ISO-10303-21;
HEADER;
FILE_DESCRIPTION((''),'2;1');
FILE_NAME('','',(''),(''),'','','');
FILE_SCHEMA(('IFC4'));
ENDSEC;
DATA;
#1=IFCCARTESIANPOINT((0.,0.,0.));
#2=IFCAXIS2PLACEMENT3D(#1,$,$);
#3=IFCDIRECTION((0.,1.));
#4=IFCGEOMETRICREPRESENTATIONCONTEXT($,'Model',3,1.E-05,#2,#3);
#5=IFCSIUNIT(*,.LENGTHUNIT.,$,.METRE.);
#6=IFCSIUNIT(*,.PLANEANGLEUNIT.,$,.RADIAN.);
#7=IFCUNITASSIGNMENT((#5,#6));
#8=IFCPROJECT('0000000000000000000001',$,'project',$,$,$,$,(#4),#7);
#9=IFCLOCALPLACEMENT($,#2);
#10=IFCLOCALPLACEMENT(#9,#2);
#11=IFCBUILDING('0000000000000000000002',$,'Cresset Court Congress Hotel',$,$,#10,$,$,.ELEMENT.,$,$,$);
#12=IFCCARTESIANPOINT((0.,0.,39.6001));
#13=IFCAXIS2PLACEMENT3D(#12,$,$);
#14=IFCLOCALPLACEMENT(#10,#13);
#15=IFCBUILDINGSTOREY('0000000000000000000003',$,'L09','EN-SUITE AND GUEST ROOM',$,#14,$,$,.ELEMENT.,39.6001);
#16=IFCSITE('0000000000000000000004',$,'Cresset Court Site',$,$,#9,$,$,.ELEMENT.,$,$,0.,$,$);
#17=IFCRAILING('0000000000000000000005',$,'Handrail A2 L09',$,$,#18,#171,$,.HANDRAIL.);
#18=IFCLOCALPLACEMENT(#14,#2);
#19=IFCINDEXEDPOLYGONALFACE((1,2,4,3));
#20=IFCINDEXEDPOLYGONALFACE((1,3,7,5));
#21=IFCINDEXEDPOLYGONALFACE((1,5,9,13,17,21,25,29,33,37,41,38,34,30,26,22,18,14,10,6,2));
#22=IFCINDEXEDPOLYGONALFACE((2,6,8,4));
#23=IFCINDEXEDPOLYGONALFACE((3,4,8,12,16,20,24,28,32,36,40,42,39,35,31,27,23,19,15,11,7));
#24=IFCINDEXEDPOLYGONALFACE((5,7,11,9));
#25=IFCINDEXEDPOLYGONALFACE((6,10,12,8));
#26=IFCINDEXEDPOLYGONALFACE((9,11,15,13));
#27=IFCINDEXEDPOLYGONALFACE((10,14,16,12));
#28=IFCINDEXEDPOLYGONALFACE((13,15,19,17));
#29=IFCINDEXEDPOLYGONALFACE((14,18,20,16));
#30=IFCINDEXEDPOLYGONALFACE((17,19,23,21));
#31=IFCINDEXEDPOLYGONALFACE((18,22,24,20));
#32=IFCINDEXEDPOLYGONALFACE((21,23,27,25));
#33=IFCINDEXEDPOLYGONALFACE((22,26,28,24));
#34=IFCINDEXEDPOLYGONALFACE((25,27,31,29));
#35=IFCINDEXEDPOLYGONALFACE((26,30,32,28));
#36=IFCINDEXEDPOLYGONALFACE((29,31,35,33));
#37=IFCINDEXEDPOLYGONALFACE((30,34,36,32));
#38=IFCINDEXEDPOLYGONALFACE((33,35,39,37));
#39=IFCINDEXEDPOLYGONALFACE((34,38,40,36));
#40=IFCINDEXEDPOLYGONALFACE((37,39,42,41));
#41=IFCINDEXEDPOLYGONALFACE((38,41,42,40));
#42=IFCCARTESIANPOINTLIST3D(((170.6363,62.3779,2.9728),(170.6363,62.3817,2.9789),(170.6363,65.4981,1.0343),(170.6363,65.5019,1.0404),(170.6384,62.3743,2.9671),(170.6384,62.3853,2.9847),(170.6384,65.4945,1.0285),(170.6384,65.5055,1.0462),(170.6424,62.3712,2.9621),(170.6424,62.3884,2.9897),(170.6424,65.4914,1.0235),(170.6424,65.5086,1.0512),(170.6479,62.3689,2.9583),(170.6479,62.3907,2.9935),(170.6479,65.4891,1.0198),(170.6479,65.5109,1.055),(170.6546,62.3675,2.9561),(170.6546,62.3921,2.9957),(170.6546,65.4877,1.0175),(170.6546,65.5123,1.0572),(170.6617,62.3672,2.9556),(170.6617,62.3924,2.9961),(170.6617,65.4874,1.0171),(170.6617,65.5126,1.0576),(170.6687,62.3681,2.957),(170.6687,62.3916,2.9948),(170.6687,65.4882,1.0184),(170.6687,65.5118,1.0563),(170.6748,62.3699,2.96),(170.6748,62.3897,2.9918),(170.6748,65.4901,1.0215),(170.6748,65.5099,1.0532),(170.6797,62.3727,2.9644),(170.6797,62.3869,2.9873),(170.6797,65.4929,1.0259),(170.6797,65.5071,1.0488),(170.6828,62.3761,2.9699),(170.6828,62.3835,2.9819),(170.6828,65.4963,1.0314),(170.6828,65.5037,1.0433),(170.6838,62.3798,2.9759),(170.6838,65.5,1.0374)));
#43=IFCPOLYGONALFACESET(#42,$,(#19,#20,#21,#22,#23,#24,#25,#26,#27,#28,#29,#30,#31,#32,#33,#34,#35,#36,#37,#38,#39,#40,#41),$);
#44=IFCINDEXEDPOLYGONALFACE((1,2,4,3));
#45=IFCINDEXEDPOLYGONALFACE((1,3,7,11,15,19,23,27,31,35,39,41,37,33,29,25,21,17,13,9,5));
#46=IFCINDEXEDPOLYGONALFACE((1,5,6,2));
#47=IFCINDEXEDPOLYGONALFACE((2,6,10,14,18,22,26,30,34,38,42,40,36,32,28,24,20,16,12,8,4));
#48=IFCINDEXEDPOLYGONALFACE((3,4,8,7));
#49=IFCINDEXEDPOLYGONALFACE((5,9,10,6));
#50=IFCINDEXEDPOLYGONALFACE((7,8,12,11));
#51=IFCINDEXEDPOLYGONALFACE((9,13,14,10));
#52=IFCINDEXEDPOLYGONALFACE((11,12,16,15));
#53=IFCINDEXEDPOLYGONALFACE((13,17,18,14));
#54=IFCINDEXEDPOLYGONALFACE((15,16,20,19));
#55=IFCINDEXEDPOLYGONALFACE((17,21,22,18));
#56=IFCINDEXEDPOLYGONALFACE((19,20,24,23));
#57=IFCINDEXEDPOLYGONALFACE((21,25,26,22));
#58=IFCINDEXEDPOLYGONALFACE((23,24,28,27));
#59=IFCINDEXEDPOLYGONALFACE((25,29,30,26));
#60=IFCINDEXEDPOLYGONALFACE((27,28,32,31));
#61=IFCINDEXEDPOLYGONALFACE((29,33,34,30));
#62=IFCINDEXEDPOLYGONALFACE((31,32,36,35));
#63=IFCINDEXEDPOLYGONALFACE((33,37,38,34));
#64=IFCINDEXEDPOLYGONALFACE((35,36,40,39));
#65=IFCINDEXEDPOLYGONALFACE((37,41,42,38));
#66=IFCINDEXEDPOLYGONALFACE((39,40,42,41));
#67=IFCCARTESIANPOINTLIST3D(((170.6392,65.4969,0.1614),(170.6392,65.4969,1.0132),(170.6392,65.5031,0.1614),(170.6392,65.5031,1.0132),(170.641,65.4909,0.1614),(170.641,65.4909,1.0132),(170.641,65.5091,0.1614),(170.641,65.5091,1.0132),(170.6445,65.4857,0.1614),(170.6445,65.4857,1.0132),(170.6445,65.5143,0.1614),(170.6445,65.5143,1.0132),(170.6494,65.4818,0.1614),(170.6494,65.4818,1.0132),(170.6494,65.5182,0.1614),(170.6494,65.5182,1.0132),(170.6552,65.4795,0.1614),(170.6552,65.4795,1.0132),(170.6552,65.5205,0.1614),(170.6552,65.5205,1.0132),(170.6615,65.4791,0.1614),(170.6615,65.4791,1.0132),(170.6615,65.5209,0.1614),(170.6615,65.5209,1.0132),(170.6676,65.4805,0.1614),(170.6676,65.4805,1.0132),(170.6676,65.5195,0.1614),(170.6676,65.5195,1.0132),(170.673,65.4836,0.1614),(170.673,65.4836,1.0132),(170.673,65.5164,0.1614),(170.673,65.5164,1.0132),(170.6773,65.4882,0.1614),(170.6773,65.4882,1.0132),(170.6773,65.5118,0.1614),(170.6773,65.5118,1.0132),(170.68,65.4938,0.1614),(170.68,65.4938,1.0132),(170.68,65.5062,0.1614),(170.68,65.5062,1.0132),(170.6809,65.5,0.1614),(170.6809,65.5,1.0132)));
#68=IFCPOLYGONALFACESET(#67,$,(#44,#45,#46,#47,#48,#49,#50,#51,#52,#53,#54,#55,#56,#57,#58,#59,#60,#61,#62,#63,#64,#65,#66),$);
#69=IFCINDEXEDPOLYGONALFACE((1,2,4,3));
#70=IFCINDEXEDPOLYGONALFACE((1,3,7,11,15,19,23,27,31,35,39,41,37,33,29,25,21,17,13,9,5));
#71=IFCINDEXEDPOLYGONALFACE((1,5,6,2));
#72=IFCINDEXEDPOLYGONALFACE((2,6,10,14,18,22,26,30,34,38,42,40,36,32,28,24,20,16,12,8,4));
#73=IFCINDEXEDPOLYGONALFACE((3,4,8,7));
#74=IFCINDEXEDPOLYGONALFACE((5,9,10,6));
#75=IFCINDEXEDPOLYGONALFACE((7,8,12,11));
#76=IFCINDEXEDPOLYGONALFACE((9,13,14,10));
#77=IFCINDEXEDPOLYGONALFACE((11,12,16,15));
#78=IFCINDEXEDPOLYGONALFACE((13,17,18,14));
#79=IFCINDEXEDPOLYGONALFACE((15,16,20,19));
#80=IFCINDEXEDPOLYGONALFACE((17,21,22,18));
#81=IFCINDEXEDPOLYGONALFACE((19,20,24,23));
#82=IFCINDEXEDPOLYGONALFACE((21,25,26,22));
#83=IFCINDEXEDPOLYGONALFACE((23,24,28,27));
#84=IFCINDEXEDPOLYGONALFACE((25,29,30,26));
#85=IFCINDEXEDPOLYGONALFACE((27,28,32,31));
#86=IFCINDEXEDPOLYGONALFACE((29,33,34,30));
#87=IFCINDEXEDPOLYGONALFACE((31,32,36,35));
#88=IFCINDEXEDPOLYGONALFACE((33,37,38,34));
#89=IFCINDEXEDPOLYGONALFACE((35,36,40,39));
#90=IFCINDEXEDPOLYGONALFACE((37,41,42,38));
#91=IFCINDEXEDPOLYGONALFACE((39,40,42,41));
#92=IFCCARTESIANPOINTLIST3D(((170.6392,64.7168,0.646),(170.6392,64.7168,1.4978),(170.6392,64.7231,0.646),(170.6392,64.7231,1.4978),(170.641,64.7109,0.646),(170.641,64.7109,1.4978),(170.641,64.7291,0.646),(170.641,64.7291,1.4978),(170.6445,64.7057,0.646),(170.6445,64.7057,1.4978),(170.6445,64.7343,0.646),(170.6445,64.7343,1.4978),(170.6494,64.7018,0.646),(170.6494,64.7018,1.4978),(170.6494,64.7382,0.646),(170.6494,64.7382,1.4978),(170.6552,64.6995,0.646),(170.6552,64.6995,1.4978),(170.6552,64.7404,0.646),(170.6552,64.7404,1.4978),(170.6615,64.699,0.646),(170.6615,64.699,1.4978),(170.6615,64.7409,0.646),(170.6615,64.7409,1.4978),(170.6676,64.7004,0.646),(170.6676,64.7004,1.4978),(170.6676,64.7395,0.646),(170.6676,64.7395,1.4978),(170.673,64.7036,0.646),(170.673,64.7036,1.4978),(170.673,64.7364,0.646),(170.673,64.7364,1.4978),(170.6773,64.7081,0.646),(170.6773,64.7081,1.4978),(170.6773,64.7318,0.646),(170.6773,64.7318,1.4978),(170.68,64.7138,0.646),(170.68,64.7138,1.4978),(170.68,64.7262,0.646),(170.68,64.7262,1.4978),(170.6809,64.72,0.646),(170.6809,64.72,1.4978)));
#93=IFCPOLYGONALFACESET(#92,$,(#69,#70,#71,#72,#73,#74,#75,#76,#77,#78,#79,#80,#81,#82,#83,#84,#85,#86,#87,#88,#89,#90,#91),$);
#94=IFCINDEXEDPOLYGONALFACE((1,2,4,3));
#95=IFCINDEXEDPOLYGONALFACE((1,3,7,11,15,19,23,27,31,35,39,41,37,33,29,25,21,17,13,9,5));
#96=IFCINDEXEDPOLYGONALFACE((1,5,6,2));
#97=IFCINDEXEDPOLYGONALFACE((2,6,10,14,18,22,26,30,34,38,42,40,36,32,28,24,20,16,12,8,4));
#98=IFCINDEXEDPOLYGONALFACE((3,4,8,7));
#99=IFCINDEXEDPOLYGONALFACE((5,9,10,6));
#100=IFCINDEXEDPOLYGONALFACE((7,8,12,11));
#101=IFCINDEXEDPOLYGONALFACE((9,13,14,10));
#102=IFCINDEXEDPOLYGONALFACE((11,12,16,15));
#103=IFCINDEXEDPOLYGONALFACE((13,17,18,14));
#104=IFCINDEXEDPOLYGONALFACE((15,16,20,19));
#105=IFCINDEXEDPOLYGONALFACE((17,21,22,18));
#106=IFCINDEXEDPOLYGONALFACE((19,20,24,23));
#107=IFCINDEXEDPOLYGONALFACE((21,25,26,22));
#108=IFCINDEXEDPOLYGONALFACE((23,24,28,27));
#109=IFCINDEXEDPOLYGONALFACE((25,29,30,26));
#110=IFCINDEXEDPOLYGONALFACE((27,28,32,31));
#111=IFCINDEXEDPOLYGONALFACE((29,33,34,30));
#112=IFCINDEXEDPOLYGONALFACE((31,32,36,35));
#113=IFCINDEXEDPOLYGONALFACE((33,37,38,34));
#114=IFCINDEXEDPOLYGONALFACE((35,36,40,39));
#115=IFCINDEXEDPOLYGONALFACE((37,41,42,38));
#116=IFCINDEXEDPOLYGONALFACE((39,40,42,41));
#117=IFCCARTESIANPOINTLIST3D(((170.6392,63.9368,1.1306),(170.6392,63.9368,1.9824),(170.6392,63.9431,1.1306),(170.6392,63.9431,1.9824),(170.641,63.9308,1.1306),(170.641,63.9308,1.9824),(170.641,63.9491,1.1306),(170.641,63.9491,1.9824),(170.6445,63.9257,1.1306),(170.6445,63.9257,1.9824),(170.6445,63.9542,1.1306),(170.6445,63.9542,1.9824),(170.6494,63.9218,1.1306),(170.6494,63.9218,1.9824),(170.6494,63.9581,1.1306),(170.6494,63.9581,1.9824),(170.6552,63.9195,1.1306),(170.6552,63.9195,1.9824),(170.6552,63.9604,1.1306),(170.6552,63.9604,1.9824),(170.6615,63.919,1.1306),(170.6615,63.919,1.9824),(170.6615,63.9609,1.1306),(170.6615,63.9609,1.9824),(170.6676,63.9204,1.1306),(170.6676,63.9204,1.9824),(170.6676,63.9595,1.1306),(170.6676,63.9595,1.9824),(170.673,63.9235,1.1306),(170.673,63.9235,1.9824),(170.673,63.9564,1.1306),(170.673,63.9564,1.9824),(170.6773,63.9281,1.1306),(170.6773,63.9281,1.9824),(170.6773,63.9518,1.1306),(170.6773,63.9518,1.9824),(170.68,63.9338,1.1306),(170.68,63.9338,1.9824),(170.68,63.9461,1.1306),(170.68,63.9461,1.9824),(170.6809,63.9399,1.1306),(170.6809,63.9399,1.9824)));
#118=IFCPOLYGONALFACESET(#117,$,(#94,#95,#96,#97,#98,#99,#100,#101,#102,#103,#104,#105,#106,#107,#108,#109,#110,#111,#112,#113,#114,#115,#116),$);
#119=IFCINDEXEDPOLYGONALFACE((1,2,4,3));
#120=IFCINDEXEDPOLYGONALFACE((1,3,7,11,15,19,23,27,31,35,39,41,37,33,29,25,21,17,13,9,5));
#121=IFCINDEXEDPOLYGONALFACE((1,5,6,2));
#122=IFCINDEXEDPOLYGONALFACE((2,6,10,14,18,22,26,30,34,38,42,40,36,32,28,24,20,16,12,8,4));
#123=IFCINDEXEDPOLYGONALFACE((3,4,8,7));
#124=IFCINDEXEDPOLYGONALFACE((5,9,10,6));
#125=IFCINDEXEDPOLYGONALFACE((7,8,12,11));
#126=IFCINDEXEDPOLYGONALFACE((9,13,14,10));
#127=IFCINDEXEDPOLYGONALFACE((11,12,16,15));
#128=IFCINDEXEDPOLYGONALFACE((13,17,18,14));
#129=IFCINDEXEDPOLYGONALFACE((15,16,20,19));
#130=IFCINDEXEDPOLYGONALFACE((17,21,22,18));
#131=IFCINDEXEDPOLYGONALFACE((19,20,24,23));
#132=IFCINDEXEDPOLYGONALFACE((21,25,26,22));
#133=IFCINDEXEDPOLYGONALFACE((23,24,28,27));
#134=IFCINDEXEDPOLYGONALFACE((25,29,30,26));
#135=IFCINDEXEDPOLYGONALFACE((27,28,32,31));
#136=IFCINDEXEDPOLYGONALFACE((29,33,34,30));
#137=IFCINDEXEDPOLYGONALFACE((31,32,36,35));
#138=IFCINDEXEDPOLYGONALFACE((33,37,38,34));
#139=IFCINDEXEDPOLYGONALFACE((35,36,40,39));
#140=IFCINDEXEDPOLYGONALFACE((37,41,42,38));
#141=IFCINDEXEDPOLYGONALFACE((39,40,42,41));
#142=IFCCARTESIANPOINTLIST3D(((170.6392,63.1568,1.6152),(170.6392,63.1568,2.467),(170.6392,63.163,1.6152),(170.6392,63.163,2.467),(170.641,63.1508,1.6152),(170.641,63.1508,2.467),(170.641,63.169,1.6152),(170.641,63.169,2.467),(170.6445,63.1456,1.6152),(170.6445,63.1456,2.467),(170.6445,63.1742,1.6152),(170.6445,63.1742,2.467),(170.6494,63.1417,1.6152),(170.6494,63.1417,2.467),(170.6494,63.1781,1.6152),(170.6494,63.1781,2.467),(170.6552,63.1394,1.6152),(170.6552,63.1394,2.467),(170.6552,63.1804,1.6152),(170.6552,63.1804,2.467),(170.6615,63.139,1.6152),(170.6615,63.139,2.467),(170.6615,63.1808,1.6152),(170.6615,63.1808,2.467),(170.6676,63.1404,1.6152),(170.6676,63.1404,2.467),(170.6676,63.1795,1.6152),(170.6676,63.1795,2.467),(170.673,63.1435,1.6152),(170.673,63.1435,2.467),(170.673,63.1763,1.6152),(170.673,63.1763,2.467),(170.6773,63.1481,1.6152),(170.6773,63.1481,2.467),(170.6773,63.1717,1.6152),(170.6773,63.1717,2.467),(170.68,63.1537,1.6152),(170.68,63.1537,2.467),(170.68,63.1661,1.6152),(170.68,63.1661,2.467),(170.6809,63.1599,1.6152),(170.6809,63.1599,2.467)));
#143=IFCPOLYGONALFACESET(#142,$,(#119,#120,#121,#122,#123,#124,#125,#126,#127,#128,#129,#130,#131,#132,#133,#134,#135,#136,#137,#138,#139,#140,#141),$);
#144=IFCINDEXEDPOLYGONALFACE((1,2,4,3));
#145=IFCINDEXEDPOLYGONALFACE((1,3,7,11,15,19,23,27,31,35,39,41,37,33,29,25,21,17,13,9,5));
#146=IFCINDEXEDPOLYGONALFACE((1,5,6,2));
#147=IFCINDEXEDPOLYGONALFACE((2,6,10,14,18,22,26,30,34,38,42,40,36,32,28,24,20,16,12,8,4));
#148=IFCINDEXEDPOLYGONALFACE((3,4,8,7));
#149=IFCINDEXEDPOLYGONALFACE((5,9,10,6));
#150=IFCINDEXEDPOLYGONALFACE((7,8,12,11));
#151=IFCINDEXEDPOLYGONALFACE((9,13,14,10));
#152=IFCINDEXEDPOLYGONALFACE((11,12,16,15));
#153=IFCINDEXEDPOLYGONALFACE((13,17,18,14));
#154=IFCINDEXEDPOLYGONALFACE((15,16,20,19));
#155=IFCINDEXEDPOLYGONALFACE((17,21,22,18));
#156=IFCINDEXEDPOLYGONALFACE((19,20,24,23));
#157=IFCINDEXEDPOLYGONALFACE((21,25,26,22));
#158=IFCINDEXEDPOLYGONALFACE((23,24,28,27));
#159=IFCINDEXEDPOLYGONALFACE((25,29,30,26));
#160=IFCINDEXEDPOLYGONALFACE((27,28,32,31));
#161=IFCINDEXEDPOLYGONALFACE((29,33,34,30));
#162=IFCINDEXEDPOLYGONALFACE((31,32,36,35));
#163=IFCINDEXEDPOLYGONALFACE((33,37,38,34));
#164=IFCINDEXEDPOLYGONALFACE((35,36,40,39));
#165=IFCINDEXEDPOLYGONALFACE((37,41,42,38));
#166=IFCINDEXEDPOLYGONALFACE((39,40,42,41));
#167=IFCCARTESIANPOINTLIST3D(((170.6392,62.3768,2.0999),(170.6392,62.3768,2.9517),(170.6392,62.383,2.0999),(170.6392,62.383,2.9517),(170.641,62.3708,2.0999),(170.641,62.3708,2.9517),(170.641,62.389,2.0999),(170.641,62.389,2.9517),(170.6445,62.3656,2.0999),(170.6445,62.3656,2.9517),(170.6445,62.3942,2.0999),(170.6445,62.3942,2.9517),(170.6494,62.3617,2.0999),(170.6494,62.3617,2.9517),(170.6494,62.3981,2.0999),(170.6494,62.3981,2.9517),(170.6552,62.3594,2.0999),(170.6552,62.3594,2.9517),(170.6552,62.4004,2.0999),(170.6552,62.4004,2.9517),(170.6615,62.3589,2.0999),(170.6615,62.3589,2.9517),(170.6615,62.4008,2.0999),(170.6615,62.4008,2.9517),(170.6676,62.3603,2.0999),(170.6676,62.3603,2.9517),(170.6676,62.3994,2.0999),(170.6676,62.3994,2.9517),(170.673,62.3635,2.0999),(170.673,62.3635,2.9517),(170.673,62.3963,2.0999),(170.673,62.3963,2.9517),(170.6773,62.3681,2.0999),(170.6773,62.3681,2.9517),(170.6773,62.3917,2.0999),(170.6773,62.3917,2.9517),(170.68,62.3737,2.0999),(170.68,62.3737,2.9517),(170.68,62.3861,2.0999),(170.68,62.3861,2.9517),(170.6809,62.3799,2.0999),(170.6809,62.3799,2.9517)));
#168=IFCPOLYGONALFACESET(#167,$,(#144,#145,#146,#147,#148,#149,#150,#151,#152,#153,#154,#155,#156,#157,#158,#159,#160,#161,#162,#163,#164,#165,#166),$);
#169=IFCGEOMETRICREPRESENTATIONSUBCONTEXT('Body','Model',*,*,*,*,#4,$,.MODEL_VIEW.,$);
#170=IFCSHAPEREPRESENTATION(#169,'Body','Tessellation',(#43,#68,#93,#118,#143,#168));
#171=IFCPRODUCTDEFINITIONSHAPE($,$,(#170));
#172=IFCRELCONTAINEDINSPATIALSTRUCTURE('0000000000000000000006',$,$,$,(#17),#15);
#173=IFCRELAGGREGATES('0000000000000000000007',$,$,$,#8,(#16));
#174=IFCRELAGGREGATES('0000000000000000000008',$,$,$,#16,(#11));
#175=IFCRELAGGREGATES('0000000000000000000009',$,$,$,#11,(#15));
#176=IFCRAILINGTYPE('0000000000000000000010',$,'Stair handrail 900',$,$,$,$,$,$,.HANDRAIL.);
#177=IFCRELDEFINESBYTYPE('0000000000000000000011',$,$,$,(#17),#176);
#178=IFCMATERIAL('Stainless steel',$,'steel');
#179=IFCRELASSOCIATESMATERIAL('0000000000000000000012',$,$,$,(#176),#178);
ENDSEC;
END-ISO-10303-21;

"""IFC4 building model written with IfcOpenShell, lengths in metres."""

from ifc_helpers import new_model, si_unit, direction, frame, origin, origin_2d, place, context, subcontext, project, spatial, circle, extrude, material, type_object, element, save


model = new_model("IFC4")

# Units and contexts
model_context = context("Model", 3, precision=1e-05, world=origin(), true_north=direction((0.0, 1.0)))
body_context = subcontext(model_context, "Body", "Model", "MODEL_VIEW")
ifc_project = project(units=[si_unit("LENGTHUNIT", "METRE"), si_unit("PLANEANGLEUNIT", "RADIAN")], contexts=[model_context])

# Site, building, storey
site_placement = place(None, origin())
site = spatial("IfcSite", under=ifc_project, at=site_placement, Name="Cresset Court Site", CompositionType="ELEMENT", RefElevation=0.0)
building_placement = place(site_placement, origin())
building = spatial("IfcBuilding", under=site, at=building_placement, Name="Cresset Court Congress Hotel", CompositionType="ELEMENT")
storey_placement = place(building_placement, frame((0.0, 0.0, 39.6001)))
storey = spatial("IfcBuildingStorey", under=building, at=storey_placement, Name="L09", Description="EN-SUITE AND GUEST ROOM", CompositionType="ELEMENT", Elevation=39.6001)

# Railing
ifc_material_1 = material(Name="Stainless steel", Category="steel")
railing_type_1 = type_object("IfcRailingType", Name="Stair handrail 900", PredefinedType="HANDRAIL", material=ifc_material_1)
for number, where, name in (
    (1, (170.6599, 65.5, 0.1614), "Handrail A2 L09"),
):
    element("IfcRailing", number, at=place(storey_placement, frame(where)), inside=storey, type_object=railing_type_1, Name=name, PredefinedType="HANDRAIL", context=body_context, shape_type="SweptSolid", body=[
        extrude(circle(Radius=0.0239, at=origin_2d()), frame((0.0, 0.0, 0.876), z_axis=(0.0, -0.849414, 0.527727), x_axis=(1.0, 0.0, 0.0)), (0.0, 0.0, 1.0), 3.6733),
        extrude(circle(Radius=0.021, at=origin_2d()), origin(), (0.0, 0.0, 1.0), 0.8518),
        extrude(circle(Radius=0.021, at=origin_2d()), frame((0.0, -0.78, 0.4846)), (0.0, 0.0, 1.0), 0.8518),
        extrude(circle(Radius=0.021, at=origin_2d()), frame((0.0, -1.5601, 0.9692)), (0.0, 0.0, 1.0), 0.8518),
        extrude(circle(Radius=0.021, at=origin_2d()), frame((0.0, -2.3401, 1.4539)), (0.0, 0.0, 1.0), 0.8518),
        extrude(circle(Radius=0.021, at=origin_2d()), frame((0.0, -3.1201, 1.9385)), (0.0, 0.0, 1.0), 0.8518),
    ])

save(model, "model.ifc")
